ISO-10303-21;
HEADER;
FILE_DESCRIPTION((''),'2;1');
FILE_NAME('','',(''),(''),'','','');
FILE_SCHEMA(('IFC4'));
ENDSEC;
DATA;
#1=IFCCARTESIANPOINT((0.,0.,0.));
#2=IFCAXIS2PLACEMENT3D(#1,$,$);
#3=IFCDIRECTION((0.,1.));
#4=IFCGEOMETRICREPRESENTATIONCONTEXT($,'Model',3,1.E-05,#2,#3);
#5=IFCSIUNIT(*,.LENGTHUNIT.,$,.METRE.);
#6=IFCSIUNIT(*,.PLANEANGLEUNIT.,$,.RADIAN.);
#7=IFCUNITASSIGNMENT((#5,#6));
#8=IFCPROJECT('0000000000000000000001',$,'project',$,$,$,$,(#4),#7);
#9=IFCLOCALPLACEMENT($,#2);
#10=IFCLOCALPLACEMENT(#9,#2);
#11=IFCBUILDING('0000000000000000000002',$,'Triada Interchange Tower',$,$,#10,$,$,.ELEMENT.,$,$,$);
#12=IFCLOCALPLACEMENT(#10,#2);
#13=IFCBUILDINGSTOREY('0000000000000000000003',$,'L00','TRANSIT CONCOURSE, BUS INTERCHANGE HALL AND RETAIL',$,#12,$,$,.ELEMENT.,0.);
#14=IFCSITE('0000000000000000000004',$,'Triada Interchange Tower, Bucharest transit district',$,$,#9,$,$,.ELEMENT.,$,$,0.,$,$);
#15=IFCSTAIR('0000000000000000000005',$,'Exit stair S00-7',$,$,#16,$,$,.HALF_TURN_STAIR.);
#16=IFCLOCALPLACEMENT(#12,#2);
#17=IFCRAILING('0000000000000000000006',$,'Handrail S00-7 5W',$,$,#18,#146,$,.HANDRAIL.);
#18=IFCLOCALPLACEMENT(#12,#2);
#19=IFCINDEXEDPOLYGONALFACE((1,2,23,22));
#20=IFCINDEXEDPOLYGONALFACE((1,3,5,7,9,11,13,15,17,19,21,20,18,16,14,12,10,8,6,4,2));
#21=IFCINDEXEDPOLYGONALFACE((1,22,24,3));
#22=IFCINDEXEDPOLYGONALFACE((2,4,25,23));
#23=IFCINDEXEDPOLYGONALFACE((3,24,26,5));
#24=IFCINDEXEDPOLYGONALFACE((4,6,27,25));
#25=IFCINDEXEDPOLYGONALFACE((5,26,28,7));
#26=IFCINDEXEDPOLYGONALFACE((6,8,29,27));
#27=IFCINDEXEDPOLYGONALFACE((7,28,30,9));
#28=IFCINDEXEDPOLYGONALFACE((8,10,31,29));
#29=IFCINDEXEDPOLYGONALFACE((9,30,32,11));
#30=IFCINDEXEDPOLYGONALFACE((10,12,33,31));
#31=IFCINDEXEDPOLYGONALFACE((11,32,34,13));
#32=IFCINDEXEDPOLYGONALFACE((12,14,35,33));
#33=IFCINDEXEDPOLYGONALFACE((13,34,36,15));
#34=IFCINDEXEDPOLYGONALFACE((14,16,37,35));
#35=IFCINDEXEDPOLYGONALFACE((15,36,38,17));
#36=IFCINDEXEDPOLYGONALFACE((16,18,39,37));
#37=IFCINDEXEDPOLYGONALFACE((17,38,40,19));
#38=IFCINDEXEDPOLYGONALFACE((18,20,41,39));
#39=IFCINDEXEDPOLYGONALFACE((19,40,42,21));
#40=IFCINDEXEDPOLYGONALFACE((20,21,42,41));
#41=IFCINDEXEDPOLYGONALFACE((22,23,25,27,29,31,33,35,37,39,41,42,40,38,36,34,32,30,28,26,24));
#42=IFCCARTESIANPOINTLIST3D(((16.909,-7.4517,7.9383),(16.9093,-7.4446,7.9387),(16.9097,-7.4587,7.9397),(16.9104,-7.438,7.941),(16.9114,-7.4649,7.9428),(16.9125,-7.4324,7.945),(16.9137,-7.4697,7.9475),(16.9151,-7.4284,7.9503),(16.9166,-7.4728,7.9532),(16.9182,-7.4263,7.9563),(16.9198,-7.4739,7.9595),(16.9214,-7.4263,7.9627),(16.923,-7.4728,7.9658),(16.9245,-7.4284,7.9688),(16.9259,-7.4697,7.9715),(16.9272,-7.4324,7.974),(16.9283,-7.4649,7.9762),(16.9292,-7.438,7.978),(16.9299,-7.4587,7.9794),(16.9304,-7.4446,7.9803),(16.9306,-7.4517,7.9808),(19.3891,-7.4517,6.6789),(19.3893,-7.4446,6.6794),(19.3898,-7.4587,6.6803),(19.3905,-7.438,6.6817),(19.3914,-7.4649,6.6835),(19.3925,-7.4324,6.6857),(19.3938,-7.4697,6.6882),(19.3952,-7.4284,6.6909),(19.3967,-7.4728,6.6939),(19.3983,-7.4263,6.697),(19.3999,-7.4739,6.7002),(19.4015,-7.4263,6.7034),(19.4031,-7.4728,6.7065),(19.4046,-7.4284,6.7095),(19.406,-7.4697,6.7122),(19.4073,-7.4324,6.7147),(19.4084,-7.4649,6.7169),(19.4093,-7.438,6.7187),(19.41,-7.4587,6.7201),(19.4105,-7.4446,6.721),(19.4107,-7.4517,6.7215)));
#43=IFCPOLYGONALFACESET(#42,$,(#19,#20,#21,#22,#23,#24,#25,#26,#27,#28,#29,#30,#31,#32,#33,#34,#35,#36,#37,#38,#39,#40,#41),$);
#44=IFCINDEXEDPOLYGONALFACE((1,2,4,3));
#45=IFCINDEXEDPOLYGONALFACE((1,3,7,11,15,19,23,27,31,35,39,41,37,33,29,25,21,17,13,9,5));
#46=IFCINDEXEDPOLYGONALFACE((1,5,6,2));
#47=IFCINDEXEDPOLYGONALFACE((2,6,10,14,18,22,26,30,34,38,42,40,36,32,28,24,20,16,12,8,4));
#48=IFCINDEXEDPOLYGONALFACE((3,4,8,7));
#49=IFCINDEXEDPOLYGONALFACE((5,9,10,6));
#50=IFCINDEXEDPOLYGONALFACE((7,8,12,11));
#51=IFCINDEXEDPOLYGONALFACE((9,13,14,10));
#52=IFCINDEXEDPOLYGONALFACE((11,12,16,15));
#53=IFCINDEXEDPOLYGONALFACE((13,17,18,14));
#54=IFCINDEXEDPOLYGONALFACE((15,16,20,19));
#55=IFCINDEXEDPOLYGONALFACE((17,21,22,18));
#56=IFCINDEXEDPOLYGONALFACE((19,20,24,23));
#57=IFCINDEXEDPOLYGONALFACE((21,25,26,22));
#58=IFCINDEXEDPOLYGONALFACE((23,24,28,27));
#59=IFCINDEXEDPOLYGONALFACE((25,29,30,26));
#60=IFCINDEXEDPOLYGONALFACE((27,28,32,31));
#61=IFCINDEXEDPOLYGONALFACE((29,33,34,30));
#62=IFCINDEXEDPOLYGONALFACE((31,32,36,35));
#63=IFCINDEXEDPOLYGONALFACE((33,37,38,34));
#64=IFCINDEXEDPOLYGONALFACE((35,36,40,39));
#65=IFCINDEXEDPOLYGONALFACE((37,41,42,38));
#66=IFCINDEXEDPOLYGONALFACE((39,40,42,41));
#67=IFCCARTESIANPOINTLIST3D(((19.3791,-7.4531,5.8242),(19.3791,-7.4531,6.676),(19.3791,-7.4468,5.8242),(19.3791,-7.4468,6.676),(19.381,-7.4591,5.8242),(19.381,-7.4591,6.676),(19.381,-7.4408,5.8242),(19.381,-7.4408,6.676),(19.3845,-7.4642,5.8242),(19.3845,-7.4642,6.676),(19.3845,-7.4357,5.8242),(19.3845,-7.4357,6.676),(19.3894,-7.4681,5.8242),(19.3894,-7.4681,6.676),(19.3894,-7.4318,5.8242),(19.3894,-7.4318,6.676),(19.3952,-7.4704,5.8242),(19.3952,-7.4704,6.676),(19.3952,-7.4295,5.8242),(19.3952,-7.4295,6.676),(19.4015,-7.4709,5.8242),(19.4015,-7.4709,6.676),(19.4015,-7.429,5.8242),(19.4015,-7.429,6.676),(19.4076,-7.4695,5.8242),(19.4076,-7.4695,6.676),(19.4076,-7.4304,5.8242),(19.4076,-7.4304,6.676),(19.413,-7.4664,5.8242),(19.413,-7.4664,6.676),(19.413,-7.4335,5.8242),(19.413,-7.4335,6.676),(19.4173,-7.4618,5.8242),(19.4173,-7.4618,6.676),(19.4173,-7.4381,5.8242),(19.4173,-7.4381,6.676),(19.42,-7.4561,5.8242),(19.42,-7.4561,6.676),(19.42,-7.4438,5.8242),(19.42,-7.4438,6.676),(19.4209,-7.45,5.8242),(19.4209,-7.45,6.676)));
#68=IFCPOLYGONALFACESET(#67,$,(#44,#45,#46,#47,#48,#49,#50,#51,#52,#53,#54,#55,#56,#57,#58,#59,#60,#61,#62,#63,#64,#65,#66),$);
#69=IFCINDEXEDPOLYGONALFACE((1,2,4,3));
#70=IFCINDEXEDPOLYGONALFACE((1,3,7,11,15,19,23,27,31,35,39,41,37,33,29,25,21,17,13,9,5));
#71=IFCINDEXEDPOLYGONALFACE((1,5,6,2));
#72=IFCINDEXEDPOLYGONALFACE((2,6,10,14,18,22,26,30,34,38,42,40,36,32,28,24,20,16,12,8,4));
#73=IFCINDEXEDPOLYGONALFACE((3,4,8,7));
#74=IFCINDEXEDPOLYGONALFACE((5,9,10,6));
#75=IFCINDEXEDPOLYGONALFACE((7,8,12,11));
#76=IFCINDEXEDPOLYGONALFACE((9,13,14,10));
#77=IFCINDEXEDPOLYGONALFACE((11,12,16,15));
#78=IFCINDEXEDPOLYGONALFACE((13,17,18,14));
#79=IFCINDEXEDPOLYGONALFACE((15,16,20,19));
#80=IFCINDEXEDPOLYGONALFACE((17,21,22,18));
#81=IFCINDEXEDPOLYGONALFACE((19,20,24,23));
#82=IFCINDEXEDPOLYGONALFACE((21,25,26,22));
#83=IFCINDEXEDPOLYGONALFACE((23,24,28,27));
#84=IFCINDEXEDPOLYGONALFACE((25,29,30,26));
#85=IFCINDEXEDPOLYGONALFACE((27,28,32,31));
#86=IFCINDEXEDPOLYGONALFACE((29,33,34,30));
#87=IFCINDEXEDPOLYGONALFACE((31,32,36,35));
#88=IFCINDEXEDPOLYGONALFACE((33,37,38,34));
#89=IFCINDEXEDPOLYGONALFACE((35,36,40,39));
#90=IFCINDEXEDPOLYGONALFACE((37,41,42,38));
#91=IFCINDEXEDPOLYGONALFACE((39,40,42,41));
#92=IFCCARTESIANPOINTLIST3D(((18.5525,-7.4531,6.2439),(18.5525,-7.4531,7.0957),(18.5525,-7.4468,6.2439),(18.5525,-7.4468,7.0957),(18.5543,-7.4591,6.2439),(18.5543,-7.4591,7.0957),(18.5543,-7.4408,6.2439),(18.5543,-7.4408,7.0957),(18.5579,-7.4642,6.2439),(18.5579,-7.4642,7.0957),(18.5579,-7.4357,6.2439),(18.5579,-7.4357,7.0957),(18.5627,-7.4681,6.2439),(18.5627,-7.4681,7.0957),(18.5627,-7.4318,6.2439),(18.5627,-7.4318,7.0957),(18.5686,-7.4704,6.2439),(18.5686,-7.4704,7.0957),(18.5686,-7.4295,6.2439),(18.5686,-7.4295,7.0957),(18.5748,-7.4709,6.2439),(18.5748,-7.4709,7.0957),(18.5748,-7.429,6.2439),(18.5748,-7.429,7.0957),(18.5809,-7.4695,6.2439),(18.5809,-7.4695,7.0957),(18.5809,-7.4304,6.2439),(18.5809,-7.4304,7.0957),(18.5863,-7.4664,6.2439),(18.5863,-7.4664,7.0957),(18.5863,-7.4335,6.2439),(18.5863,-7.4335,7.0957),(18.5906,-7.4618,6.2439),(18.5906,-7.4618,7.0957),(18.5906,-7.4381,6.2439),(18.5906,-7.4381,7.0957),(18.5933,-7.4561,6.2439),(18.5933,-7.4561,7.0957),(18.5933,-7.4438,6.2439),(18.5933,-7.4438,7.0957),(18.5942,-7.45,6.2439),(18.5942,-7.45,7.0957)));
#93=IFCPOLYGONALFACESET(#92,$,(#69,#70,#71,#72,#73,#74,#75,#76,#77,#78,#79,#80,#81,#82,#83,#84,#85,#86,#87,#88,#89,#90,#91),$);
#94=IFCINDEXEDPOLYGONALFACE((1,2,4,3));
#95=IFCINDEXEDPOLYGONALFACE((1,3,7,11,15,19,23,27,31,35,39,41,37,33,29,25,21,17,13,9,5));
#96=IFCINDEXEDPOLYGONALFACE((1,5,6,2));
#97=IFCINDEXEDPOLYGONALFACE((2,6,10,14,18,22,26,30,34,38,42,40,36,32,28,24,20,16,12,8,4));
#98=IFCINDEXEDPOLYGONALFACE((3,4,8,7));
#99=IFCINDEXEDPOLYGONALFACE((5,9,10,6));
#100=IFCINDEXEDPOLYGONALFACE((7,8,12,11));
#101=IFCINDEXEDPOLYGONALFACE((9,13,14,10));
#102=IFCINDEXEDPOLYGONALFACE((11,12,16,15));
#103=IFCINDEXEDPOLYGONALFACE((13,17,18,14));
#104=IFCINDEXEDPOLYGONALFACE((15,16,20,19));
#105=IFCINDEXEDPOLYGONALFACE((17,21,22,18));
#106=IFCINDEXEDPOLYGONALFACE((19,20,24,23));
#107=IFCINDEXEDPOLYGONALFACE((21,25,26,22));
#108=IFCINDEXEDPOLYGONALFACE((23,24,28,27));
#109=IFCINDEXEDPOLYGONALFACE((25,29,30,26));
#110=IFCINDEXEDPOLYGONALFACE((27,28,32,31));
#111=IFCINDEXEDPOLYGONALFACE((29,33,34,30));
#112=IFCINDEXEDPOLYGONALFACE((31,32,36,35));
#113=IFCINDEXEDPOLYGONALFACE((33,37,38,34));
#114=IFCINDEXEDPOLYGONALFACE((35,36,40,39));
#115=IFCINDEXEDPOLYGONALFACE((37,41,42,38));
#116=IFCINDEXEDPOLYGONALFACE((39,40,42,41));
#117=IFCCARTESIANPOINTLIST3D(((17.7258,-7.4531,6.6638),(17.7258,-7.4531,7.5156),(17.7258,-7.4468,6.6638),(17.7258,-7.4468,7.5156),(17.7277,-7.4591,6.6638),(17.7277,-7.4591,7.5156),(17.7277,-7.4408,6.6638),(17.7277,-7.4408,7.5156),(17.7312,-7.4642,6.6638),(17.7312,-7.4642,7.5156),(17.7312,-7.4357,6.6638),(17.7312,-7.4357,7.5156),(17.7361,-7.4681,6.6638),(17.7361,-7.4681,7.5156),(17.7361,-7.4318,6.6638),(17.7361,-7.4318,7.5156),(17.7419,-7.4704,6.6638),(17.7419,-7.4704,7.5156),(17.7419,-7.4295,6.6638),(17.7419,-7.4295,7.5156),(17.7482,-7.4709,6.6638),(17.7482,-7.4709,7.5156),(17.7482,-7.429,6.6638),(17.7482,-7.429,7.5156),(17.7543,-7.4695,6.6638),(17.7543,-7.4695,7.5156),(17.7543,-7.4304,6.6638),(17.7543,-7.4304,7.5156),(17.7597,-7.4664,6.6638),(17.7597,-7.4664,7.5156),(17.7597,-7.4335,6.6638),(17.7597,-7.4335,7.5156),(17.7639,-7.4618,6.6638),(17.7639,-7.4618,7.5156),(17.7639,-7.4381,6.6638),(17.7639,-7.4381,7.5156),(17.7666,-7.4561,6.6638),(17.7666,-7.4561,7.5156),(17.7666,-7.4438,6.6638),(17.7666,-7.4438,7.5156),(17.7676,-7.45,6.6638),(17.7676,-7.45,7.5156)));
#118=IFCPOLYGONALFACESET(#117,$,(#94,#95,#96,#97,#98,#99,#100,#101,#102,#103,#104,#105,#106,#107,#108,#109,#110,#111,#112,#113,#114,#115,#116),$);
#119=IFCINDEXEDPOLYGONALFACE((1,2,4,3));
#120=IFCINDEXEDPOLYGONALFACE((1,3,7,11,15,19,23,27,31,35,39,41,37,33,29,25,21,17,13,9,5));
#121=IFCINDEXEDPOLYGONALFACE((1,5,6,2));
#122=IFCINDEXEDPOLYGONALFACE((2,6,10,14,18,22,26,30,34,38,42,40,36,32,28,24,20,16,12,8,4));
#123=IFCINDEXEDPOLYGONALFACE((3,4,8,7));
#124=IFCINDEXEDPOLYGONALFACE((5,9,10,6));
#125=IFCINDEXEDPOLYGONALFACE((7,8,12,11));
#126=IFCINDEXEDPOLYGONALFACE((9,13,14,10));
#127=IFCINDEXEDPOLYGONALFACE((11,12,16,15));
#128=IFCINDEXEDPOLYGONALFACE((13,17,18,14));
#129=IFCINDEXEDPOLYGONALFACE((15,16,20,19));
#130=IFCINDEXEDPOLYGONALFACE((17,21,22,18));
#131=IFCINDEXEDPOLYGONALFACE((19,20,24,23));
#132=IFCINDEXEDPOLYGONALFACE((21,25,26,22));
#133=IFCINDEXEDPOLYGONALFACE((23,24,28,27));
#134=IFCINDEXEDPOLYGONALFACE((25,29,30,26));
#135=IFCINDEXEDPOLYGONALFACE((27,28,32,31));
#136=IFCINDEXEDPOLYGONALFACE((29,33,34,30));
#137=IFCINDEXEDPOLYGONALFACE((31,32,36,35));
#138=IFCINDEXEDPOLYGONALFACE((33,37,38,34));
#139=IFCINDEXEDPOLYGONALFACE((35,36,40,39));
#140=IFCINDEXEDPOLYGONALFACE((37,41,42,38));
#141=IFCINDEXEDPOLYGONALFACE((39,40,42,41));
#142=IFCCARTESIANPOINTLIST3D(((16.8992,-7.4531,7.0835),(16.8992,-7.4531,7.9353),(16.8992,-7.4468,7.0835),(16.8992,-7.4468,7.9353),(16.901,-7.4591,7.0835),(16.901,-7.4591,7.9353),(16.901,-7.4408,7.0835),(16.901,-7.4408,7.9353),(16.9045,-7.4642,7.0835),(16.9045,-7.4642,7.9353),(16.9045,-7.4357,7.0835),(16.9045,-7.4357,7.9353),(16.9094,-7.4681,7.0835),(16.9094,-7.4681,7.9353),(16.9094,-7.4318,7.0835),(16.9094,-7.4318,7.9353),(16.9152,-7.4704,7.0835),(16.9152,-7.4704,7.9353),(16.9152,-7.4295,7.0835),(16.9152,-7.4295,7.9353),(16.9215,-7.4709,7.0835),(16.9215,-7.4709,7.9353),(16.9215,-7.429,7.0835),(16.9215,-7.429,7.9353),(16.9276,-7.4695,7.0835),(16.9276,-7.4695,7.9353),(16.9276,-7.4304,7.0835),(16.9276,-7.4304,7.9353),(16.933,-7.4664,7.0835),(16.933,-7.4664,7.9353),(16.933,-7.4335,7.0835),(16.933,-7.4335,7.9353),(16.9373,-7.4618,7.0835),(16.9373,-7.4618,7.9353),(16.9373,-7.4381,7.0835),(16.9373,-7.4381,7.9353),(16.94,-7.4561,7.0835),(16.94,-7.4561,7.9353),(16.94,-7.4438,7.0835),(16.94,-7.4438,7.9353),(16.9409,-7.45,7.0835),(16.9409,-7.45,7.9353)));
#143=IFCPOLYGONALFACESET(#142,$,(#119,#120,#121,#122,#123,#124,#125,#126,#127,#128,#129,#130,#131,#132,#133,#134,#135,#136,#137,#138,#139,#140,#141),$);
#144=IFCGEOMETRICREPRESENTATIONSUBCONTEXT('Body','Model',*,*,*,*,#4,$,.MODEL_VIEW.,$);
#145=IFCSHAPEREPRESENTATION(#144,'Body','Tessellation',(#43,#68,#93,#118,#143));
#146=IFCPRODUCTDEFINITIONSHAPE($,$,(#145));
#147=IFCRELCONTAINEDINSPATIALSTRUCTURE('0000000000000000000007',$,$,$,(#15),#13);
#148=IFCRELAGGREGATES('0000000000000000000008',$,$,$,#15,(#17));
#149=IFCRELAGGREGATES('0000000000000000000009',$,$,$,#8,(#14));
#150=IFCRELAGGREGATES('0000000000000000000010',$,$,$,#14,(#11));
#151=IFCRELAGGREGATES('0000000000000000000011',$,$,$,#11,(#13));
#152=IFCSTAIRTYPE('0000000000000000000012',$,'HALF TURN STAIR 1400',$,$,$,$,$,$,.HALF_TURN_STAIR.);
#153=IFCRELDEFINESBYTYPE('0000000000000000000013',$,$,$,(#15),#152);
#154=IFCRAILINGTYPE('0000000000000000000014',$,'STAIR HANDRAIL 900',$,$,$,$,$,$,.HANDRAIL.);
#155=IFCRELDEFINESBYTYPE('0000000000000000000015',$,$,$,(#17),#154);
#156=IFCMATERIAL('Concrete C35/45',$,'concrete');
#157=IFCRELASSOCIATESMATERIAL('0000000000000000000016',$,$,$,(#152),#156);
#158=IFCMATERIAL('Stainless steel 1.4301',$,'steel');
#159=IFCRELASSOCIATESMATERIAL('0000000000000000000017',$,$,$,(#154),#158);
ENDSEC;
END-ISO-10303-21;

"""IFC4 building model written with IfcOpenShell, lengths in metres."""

from ifc_helpers import new_model, si_unit, direction, frame, origin, origin_2d, place, context, subcontext, project, spatial, circle, extrude, material, type_object, element, aggregate, save


model = new_model("IFC4")

# Units and contexts
model_context = context("Model", 3, precision=1e-05, world=origin(), true_north=direction((0.0, 1.0)))
body_context = subcontext(model_context, "Body", "Model", "MODEL_VIEW")
ifc_project = project(units=[si_unit("LENGTHUNIT", "METRE"), si_unit("PLANEANGLEUNIT", "RADIAN")], contexts=[model_context])

# Site, building, storey
site_placement = place(None, origin())
site = spatial("IfcSite", under=ifc_project, at=site_placement, Name="Triada Interchange Tower, Bucharest transit district", CompositionType="ELEMENT", RefElevation=0.0)
building_placement = place(site_placement, origin())
building = spatial("IfcBuilding", under=site, at=building_placement, Name="Triada Interchange Tower", CompositionType="ELEMENT")
storey_placement = place(building_placement, origin())
storey = spatial("IfcBuildingStorey", under=building, at=storey_placement, Name="L00", Description="TRANSIT CONCOURSE, BUS INTERCHANGE HALL AND RETAIL", CompositionType="ELEMENT", Elevation=0.0)

# Shared definitions
ifc_material_1 = material(Name="Concrete C35/45", Category="concrete")

# Stair, railing
stair_type = type_object("IfcStairType", Name="HALF TURN STAIR 1400", PredefinedType="HALF_TURN_STAIR", material=ifc_material_1)
stair_placement = place(storey_placement, origin())
stair = element("IfcStair", 1, at=stair_placement, inside=storey, type_object=stair_type, Name="Exit stair S00-7", PredefinedType="HALF_TURN_STAIR")
ifc_material_2 = material(Name="Stainless steel 1.4301", Category="steel")
railing_type_1 = type_object("IfcRailingType", Name="STAIR HANDRAIL 900", PredefinedType="HANDRAIL", material=ifc_material_2)
railing_1_placement = place(storey_placement, frame((19.3999, -7.45, 5.8242)))
railing_1 = element("IfcRailing", 2, at=railing_1_placement, type_object=railing_type_1, Name="Handrail S00-7 5W", PredefinedType="HANDRAIL", context=body_context, shape_type="SweptSolid", body=[
    extrude(circle(Radius=0.0239, at=origin_2d()), frame((0.0, 0.0, 0.876), z_axis=(-0.891636, 0.0, 0.452752), x_axis=(0.0, -1.0, 0.0)), (0.0, 0.0, 1.0), 2.7815),
    extrude(circle(Radius=0.021, at=origin_2d()), origin(), (0.0, 0.0, 1.0), 0.8518),
    extrude(circle(Radius=0.021, at=origin_2d()), frame((-0.8267, 0.0, 0.4197)), (0.0, 0.0, 1.0), 0.8518),
    extrude(circle(Radius=0.021, at=origin_2d()), frame((-1.6533, 0.0, 0.8396)), (0.0, 0.0, 1.0), 0.8518),
    extrude(circle(Radius=0.021, at=origin_2d()), frame((-2.48, 0.0, 1.2593)), (0.0, 0.0, 1.0), 0.8518),
])
aggregate(stair, [railing_1])

save(model, "model.ifc")
